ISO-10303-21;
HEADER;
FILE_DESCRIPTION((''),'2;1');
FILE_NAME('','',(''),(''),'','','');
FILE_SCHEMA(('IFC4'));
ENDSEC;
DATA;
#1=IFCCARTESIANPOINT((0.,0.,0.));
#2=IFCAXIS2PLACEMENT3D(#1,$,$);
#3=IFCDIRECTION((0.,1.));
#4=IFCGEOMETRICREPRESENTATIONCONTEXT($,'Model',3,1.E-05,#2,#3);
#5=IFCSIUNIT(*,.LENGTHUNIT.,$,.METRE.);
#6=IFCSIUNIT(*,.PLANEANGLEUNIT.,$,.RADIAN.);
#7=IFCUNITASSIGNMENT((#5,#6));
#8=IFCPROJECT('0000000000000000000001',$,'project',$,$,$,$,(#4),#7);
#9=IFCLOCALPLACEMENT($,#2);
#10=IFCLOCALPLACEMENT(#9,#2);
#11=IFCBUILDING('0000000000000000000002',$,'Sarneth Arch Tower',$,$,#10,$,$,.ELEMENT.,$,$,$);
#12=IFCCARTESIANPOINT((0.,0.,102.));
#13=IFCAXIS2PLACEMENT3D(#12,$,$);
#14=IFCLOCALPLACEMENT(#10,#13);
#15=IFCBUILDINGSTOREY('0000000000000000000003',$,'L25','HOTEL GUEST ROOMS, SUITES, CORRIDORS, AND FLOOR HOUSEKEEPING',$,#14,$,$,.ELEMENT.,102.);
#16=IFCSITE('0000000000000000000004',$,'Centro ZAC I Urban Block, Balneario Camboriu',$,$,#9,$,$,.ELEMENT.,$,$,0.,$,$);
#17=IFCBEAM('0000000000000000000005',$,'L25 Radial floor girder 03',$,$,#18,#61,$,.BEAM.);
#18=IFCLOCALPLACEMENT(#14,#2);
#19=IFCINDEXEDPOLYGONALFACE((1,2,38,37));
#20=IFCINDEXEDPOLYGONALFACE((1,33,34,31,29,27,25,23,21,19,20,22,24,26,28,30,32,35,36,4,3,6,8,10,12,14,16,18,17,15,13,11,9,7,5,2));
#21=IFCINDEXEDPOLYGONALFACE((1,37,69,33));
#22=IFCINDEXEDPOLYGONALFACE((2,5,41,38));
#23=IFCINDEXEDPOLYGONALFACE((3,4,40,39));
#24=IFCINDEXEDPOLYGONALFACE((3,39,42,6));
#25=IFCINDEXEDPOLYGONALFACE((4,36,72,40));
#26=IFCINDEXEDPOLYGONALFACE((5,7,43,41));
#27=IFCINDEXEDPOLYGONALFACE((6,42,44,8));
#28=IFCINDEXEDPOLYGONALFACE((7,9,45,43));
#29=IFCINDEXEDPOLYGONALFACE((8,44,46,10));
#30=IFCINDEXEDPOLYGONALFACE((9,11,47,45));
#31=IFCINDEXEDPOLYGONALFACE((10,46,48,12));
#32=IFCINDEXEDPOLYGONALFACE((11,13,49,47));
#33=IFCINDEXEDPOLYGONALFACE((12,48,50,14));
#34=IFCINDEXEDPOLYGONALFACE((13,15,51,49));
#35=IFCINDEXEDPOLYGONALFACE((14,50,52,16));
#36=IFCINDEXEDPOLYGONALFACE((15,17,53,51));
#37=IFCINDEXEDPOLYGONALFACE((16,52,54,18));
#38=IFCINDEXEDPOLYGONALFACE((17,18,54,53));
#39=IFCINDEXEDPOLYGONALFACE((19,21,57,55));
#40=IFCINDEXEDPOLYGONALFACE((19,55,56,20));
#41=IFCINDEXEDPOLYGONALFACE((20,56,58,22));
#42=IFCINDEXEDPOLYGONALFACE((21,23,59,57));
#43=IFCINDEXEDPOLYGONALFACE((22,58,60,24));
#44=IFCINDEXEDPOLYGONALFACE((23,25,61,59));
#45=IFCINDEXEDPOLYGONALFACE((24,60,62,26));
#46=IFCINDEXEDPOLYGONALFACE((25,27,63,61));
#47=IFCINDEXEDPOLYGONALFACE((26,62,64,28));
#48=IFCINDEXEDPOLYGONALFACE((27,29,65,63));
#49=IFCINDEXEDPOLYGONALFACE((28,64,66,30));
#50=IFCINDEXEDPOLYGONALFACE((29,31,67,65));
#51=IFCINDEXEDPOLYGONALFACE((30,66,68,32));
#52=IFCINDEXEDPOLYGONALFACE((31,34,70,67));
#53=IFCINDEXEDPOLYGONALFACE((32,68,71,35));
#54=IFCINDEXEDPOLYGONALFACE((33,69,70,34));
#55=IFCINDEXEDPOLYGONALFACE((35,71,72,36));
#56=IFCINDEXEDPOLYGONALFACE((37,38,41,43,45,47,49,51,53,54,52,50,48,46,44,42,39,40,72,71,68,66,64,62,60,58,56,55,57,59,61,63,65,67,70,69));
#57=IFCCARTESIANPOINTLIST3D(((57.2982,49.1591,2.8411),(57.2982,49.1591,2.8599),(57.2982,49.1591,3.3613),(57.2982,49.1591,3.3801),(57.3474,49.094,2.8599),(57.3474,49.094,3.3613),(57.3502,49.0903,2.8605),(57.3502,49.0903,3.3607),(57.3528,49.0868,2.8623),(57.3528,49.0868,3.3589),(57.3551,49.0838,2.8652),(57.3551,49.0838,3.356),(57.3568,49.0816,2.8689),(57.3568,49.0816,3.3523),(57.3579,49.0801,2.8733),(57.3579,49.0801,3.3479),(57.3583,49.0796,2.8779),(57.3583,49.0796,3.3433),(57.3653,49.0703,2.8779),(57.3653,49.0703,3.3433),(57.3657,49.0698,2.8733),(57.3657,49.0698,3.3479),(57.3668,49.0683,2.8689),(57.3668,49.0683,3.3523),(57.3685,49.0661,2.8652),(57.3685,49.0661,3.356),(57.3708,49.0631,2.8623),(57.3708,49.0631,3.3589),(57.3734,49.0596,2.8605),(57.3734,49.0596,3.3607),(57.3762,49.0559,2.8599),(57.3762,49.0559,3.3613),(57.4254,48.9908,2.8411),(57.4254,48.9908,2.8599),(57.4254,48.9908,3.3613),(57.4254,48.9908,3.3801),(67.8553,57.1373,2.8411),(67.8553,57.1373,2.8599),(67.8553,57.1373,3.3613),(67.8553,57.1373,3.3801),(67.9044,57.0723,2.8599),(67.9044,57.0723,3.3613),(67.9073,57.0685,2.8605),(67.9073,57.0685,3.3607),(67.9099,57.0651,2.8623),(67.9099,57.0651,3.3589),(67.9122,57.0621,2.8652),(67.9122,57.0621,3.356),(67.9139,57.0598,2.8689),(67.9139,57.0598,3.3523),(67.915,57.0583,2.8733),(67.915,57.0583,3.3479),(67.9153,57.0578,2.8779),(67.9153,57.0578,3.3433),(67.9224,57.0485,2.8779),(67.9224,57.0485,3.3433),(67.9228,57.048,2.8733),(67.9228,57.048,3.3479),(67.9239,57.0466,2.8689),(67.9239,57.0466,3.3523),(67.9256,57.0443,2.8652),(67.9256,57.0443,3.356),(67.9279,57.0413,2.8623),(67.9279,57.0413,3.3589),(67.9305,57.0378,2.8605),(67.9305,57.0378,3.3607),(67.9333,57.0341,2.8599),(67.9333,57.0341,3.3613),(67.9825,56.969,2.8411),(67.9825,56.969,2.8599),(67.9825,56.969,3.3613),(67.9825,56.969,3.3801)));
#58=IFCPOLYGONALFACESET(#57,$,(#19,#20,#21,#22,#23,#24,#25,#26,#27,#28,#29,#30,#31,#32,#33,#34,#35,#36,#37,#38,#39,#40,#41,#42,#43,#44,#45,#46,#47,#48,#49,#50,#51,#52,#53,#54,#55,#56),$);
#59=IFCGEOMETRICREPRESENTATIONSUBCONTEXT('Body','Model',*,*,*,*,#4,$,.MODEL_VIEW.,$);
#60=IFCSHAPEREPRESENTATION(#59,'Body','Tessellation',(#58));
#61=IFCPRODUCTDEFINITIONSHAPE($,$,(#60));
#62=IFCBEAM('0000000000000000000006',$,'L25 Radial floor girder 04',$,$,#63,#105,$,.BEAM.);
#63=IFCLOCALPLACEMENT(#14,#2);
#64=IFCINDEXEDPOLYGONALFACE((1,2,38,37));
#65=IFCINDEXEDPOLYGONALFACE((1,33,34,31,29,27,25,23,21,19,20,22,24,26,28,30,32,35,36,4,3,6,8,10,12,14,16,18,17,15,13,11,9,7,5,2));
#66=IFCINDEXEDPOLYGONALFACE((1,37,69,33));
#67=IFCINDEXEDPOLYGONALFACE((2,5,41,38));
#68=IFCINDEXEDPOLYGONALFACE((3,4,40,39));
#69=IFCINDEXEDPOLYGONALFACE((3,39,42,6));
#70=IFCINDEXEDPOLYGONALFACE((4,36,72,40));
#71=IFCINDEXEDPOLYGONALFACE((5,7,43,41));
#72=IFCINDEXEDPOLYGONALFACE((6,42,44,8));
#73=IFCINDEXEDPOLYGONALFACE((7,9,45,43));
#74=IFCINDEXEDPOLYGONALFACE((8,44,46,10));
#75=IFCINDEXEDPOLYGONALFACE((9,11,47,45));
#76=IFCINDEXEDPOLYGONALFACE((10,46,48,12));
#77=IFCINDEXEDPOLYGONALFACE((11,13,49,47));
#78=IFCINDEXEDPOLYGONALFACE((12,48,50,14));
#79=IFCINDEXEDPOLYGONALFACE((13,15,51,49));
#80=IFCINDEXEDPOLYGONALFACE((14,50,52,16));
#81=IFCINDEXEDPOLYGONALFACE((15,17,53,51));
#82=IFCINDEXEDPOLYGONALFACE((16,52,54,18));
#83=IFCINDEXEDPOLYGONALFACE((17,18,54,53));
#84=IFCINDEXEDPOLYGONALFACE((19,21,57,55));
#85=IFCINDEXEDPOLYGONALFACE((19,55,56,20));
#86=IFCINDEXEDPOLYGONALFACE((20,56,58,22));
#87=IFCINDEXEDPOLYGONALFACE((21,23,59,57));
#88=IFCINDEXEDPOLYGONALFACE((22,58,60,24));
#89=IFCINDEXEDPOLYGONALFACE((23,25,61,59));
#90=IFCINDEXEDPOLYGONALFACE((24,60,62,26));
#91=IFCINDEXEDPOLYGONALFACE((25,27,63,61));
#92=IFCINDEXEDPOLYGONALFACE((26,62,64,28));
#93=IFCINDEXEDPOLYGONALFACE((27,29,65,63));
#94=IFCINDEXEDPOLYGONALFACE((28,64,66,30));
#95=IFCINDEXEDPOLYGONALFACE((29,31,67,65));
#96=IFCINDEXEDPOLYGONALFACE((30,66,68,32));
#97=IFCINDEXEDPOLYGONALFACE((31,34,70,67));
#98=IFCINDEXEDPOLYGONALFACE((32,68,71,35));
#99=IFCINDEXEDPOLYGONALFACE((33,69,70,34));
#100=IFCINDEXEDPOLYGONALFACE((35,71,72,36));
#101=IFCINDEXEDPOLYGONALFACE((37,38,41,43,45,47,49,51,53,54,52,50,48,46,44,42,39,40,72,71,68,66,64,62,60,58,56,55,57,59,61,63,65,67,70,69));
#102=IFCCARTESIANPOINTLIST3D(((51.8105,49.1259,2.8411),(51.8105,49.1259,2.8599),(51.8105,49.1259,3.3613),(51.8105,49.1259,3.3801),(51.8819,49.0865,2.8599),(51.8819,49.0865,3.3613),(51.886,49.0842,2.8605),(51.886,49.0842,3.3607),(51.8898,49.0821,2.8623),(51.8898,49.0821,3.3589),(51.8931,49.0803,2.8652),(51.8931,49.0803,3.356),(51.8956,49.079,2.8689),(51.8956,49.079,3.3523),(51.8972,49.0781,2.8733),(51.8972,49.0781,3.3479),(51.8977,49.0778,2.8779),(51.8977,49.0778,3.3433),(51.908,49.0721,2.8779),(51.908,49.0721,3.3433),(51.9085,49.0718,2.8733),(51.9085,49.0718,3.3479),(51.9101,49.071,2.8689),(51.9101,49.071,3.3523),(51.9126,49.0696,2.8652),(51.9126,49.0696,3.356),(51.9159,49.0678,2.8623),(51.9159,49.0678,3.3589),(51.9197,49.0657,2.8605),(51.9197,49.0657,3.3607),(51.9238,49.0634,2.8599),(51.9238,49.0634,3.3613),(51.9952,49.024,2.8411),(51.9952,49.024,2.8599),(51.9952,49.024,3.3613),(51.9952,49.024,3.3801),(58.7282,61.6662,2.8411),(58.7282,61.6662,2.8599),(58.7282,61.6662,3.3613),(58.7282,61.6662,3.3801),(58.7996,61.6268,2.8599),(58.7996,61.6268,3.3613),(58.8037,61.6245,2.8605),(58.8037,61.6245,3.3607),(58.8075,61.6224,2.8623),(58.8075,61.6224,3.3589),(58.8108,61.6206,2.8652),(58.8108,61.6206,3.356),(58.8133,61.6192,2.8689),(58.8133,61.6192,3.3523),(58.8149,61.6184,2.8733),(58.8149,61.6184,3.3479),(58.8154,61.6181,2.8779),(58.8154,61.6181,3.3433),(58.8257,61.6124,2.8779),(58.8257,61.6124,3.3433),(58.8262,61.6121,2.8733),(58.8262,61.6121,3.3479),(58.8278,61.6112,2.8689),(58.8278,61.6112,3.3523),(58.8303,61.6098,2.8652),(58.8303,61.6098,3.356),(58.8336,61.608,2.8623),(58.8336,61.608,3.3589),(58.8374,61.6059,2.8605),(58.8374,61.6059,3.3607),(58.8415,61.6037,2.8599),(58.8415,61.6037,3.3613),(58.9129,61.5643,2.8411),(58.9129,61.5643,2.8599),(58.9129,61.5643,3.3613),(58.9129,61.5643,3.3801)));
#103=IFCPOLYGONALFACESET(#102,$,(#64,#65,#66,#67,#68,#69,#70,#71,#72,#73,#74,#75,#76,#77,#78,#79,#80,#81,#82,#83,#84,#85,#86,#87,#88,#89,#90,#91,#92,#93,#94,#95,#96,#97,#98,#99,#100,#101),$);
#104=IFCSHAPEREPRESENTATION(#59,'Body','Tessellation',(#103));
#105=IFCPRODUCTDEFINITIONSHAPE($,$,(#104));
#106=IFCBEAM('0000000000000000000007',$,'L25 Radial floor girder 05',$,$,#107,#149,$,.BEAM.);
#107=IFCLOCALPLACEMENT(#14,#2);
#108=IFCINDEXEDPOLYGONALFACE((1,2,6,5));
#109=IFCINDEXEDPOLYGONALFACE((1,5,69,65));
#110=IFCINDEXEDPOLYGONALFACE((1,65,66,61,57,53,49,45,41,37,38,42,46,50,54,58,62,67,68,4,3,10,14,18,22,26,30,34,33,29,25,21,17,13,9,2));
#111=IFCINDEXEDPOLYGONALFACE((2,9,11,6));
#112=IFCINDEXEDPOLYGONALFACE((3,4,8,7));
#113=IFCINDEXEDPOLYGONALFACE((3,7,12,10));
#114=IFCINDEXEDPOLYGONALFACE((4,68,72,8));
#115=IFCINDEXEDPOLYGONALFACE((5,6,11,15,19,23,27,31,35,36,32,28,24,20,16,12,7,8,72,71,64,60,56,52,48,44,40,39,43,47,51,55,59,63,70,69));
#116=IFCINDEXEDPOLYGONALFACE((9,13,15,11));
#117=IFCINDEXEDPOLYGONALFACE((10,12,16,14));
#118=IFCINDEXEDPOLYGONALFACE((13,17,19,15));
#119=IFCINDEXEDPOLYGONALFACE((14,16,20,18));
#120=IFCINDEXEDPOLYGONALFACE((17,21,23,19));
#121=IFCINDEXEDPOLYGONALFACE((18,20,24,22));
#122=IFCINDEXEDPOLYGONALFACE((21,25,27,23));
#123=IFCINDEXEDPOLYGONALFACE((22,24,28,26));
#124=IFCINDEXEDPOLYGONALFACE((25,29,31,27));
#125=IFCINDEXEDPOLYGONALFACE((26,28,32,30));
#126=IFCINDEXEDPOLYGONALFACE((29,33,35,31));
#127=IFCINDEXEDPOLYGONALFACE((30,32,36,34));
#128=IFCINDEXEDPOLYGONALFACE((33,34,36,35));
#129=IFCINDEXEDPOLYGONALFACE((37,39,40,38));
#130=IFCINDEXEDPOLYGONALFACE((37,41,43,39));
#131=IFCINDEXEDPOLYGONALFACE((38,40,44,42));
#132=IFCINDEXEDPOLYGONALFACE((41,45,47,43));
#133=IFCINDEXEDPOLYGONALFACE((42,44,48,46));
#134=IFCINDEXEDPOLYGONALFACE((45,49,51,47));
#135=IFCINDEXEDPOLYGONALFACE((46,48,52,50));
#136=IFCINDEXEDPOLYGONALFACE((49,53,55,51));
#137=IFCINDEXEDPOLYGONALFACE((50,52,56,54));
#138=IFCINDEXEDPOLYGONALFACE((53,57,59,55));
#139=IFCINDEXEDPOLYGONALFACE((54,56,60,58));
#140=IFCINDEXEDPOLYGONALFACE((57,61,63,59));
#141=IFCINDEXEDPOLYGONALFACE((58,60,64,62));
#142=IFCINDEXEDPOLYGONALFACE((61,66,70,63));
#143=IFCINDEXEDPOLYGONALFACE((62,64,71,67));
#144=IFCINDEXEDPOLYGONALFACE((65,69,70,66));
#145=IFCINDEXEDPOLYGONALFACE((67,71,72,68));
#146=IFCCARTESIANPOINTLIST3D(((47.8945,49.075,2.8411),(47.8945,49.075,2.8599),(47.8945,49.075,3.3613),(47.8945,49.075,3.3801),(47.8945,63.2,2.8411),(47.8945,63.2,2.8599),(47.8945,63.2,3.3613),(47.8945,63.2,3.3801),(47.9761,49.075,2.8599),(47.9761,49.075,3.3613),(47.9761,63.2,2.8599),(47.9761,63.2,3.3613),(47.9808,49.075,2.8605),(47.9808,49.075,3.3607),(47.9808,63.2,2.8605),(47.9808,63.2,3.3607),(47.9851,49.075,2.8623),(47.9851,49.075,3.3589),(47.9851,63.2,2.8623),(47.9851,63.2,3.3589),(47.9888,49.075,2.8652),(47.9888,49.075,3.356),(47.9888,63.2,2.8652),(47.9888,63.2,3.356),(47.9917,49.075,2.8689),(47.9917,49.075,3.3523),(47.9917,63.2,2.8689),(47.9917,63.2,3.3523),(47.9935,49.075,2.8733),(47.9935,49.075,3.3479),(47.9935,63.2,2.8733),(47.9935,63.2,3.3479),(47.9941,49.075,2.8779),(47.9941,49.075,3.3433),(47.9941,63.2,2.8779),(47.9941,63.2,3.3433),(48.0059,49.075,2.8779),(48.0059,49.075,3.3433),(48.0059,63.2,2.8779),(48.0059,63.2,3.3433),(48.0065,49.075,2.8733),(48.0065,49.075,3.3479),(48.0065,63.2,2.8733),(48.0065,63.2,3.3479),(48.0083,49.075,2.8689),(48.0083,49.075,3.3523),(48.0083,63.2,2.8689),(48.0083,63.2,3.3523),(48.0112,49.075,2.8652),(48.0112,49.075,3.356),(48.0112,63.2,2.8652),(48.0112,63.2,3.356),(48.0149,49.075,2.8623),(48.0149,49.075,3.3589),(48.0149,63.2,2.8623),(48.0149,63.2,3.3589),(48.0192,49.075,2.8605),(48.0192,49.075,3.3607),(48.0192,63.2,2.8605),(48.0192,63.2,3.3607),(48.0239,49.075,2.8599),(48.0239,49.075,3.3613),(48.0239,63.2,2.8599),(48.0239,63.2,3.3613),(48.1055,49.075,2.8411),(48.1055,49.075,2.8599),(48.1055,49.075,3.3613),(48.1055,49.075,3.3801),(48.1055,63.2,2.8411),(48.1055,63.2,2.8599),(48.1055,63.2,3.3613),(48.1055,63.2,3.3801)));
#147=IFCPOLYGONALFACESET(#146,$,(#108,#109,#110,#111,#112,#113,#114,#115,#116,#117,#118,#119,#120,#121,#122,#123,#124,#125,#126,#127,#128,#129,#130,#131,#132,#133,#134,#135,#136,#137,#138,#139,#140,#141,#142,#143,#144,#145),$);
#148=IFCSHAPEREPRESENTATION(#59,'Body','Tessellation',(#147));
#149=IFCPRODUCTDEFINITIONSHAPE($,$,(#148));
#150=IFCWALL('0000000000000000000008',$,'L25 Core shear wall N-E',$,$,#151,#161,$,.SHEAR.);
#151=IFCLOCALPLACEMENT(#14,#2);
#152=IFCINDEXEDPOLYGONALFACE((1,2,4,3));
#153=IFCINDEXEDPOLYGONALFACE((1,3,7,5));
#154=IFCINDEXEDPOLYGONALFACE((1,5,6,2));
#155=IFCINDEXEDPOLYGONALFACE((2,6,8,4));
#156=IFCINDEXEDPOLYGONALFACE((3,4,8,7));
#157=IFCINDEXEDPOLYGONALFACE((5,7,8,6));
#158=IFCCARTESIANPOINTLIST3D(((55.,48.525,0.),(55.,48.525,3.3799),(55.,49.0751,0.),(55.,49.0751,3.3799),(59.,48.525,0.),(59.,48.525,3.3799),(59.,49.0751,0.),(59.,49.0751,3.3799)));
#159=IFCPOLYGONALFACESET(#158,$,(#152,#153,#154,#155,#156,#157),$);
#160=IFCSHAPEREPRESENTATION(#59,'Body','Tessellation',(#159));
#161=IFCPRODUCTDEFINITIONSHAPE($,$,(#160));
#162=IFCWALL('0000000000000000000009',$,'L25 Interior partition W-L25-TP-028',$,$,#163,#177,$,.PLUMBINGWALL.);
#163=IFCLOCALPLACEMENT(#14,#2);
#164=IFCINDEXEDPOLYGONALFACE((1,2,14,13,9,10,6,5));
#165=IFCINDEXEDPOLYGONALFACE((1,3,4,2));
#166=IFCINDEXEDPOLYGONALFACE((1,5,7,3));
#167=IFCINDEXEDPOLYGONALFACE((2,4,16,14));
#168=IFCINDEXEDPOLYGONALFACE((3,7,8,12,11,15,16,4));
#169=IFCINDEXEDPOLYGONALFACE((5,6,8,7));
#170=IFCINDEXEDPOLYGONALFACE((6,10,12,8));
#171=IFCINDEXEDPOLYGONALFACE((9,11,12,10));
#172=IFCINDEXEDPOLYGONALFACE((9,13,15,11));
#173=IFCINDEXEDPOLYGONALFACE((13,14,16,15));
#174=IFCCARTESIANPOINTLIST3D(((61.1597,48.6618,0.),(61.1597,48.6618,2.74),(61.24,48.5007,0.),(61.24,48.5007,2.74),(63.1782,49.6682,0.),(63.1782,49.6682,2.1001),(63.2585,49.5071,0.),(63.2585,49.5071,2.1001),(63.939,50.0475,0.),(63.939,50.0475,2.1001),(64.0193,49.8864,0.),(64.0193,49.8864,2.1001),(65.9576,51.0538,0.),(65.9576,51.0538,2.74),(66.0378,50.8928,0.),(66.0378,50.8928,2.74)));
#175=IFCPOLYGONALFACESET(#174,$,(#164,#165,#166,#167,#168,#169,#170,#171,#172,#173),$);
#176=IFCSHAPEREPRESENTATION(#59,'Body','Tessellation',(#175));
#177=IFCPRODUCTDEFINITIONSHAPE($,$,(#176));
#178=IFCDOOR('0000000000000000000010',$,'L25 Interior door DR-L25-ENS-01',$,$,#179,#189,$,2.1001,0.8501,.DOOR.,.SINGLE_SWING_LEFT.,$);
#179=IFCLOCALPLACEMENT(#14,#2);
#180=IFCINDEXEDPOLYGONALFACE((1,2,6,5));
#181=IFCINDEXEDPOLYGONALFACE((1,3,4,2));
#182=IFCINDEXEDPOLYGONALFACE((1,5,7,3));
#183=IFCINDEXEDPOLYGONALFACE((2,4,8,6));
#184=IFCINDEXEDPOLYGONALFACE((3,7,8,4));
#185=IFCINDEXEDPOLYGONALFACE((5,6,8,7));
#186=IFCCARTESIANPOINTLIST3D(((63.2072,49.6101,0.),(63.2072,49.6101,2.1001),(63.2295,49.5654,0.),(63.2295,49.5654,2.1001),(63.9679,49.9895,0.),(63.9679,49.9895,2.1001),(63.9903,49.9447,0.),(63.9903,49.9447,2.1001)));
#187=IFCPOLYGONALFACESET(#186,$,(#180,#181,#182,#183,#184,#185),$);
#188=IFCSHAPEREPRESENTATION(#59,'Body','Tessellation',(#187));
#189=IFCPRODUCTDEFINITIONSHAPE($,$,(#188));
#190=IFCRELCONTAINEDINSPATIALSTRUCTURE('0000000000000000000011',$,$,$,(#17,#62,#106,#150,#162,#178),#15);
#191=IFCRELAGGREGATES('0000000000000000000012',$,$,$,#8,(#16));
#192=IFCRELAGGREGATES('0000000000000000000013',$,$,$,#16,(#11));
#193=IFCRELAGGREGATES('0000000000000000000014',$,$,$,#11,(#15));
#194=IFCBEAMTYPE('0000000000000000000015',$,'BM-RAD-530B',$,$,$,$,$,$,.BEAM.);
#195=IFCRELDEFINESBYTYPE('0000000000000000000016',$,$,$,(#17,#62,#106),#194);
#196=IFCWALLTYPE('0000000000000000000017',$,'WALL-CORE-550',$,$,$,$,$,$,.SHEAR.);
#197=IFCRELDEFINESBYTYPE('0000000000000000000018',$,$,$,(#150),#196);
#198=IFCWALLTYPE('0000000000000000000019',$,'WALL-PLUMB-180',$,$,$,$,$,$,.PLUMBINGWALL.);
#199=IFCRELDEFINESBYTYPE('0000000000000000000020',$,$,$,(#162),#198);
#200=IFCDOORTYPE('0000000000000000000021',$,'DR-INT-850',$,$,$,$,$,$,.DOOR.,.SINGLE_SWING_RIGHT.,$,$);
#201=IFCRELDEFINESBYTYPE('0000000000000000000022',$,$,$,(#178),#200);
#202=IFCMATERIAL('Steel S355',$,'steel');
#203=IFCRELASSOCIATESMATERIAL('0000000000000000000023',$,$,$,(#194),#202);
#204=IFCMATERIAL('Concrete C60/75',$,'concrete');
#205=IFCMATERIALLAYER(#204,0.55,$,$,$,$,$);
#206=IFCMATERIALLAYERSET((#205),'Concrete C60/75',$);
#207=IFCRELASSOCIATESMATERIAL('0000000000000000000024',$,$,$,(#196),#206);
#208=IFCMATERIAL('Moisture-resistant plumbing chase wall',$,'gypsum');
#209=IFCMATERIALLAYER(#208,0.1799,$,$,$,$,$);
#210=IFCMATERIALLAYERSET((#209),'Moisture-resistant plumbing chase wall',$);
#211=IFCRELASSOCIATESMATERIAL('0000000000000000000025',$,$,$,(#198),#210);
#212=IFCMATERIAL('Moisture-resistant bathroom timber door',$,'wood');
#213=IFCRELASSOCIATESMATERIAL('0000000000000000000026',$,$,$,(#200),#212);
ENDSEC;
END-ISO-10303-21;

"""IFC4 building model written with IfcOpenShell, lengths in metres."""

from ifc_helpers import new_model, si_unit, direction, frame, frame_2d, origin, origin_2d, place, context, subcontext, project, spatial, rectangle, i_section, extrude, material, layer, layer_set, material_profile, profile_set, type_object, element, fill, save


model = new_model("IFC4")

# Units and contexts
model_context = context("Model", 3, precision=1e-05, world=origin(), true_north=direction((0.0, 1.0)))
body_context = subcontext(model_context, "Body", "Model", "MODEL_VIEW")
ifc_project = project(units=[si_unit("LENGTHUNIT", "METRE"), si_unit("PLANEANGLEUNIT", "RADIAN")], contexts=[model_context])

# Site, building, storey
site_placement = place(None, origin())
site = spatial("IfcSite", under=ifc_project, at=site_placement, Name="Centro ZAC I Urban Block, Balneario Camboriu", CompositionType="ELEMENT", RefElevation=0.0)
building_placement = place(site_placement, origin())
building = spatial("IfcBuilding", under=site, at=building_placement, Name="Sarneth Arch Tower", CompositionType="ELEMENT")
storey_placement = place(building_placement, frame((0.0, 0.0, 102.0)))
storey = spatial("IfcBuildingStorey", under=building, at=storey_placement, Name="L25", Description="HOTEL GUEST ROOMS, SUITES, CORRIDORS, AND FLOOR HOUSEKEEPING", CompositionType="ELEMENT", Elevation=102.0)

# Beams
ifc_material_1 = material(Name="Steel S355", Category="steel")
ifc_material_profile_1 = material_profile(ifc_material_1, i_section(OverallWidth=0.2109, OverallDepth=0.5391, WebThickness=0.0117, FlangeThickness=0.0188, FilletRadius=0.0181, at=origin_2d()), Name="W530x109")
ifc_profile_set_1 = profile_set([ifc_material_profile_1], Name="Steel S355")
beam_type_1 = type_object("IfcBeamType", Name="BM-RAD-530B", PredefinedType="BEAM", material=ifc_profile_set_1)
beam_1_placement = place(storey_placement, frame((57.3618, 49.075, 3.1106), z_axis=(0.797803, 0.602918, 0.0), x_axis=(-0.602918, 0.797803, 0.0)))
element("IfcBeam", 1, at=beam_1_placement, inside=storey, type_object=beam_type_1, Name="L25 Radial floor girder 03", PredefinedType="BEAM", context=body_context, shape_type="SweptSolid", body=[
    extrude(i_section(OverallWidth=0.2109, OverallDepth=0.5391, WebThickness=0.0117, FlangeThickness=0.0188, FilletRadius=0.0181, at=origin_2d()), origin(), (0.0, 0.0, 1.0), 13.2327),
])
beam_2_placement = place(storey_placement, frame((51.9028, 49.075, 3.1106), z_axis=(0.483021, 0.875609, 0.0), x_axis=(-0.875609, 0.483021, 0.0)))
element("IfcBeam", 2, at=beam_2_placement, inside=storey, type_object=beam_type_1, Name="L25 Radial floor girder 04", PredefinedType="BEAM", context=body_context, shape_type="SweptSolid", body=[
    extrude(i_section(OverallWidth=0.2109, OverallDepth=0.5391, WebThickness=0.0117, FlangeThickness=0.0188, FilletRadius=0.0181, at=origin_2d()), origin(), (0.0, 0.0, 1.0), 14.3218),
])
beam_3_placement = place(storey_placement, frame((48.0, 49.075, 3.1106), z_axis=(0.0, 1.0, 0.0), x_axis=(-1.0, 0.0, 0.0)))
element("IfcBeam", 3, at=beam_3_placement, inside=storey, type_object=beam_type_1, Name="L25 Radial floor girder 05", PredefinedType="BEAM", context=body_context, shape_type="SweptSolid", body=[
    extrude(i_section(OverallWidth=0.2109, OverallDepth=0.5391, WebThickness=0.0117, FlangeThickness=0.0188, FilletRadius=0.0181, at=origin_2d()), origin(), (0.0, 0.0, 1.0), 14.125),
])

# Wall
ifc_material_2 = material(Name="Concrete C60/75", Category="concrete")
ifc_layer_1 = layer(ifc_material_2, 0.55)
ifc_layer_set_1 = layer_set([ifc_layer_1], Name="Concrete C60/75")
wall_type_1 = type_object("IfcWallType", Name="WALL-CORE-550", PredefinedType="SHEAR", material=ifc_layer_set_1)
wall_1_placement = place(storey_placement, frame((55.0, 48.8, 0.0), z_axis=(0.0, 0.0, 1.0), x_axis=(1.0, 0.0, 0.0)))
element("IfcWall", 4, at=wall_1_placement, inside=storey, type_object=wall_type_1, Name="L25 Core shear wall N-E", PredefinedType="SHEAR", context=body_context, shape_type="SweptSolid", body=[
    extrude(rectangle(XDim=4.0, YDim=0.55, at=frame_2d((2.0, 0.0))), origin(), (0.0, 0.0, 1.0), 3.3799),
])

# Wall, opening, door
ifc_material_3 = material(Name="Moisture-resistant plumbing chase wall", Category="gypsum")
ifc_layer_2 = layer(ifc_material_3, 0.1799)
ifc_layer_set_2 = layer_set([ifc_layer_2], Name="Moisture-resistant plumbing chase wall")
wall_type_2 = type_object("IfcWallType", Name="WALL-PLUMB-180", PredefinedType="PLUMBINGWALL", material=ifc_layer_set_2)
wall_2_placement = place(storey_placement, frame((65.9978, 50.9734, 0.0), z_axis=(0.0, 0.0, 1.0), x_axis=(-0.894937, -0.446193, 0.0)))
wall_2 = element("IfcWall", 5, at=wall_2_placement, inside=storey, type_object=wall_type_2, Name="L25 Interior partition W-L25-TP-028", PredefinedType="PLUMBINGWALL", context=body_context, shape_type="SweptSolid", body=[
    extrude(rectangle(XDim=5.3611, YDim=0.1799, at=frame_2d((2.6807, 0.0))), origin(), (0.0, 0.0, 1.0), 2.74),
])
opening_placement = place(wall_2_placement, frame((2.2556, 0.0, 0.0)))
opening = element("IfcOpeningElement", 6, at=opening_placement, cuts=wall_2, PredefinedType="OPENING", context=body_context, shape_type="SweptSolid", body=[
    extrude(rectangle(XDim=0.8501, YDim=2.1001, at=frame_2d((0.425, 1.05))), frame((0.0, 0.0999, 0.0), z_axis=(0.0, -1.0, 0.0), x_axis=(1.0, 0.0, 0.0)), (0.0, 0.0, 1.0), 0.2),
])
ifc_material_4 = material(Name="Moisture-resistant bathroom timber door", Category="wood")
door_type = type_object("IfcDoorType", Name="DR-INT-850", OperationType="SINGLE_SWING_RIGHT", PredefinedType="DOOR", material=ifc_material_4)
door_placement = place(opening_placement, origin())
door = element("IfcDoor", 7, at=door_placement, inside=storey, type_object=door_type, Name="L25 Interior door DR-L25-ENS-01", OperationType="SINGLE_SWING_LEFT", OverallHeight=2.1001, OverallWidth=0.8501, PredefinedType="DOOR", context=body_context, shape_type="SweptSolid", body=[
    extrude(rectangle(XDim=0.8501, YDim=2.1001, at=frame_2d((0.425, 1.05))), frame((0.0, 0.0249, 0.0), z_axis=(0.0, -1.0, 0.0), x_axis=(1.0, 0.0, 0.0)), (0.0, 0.0, 1.0), 0.05),
])
fill(opening, door)

save(model, "model.ifc")
